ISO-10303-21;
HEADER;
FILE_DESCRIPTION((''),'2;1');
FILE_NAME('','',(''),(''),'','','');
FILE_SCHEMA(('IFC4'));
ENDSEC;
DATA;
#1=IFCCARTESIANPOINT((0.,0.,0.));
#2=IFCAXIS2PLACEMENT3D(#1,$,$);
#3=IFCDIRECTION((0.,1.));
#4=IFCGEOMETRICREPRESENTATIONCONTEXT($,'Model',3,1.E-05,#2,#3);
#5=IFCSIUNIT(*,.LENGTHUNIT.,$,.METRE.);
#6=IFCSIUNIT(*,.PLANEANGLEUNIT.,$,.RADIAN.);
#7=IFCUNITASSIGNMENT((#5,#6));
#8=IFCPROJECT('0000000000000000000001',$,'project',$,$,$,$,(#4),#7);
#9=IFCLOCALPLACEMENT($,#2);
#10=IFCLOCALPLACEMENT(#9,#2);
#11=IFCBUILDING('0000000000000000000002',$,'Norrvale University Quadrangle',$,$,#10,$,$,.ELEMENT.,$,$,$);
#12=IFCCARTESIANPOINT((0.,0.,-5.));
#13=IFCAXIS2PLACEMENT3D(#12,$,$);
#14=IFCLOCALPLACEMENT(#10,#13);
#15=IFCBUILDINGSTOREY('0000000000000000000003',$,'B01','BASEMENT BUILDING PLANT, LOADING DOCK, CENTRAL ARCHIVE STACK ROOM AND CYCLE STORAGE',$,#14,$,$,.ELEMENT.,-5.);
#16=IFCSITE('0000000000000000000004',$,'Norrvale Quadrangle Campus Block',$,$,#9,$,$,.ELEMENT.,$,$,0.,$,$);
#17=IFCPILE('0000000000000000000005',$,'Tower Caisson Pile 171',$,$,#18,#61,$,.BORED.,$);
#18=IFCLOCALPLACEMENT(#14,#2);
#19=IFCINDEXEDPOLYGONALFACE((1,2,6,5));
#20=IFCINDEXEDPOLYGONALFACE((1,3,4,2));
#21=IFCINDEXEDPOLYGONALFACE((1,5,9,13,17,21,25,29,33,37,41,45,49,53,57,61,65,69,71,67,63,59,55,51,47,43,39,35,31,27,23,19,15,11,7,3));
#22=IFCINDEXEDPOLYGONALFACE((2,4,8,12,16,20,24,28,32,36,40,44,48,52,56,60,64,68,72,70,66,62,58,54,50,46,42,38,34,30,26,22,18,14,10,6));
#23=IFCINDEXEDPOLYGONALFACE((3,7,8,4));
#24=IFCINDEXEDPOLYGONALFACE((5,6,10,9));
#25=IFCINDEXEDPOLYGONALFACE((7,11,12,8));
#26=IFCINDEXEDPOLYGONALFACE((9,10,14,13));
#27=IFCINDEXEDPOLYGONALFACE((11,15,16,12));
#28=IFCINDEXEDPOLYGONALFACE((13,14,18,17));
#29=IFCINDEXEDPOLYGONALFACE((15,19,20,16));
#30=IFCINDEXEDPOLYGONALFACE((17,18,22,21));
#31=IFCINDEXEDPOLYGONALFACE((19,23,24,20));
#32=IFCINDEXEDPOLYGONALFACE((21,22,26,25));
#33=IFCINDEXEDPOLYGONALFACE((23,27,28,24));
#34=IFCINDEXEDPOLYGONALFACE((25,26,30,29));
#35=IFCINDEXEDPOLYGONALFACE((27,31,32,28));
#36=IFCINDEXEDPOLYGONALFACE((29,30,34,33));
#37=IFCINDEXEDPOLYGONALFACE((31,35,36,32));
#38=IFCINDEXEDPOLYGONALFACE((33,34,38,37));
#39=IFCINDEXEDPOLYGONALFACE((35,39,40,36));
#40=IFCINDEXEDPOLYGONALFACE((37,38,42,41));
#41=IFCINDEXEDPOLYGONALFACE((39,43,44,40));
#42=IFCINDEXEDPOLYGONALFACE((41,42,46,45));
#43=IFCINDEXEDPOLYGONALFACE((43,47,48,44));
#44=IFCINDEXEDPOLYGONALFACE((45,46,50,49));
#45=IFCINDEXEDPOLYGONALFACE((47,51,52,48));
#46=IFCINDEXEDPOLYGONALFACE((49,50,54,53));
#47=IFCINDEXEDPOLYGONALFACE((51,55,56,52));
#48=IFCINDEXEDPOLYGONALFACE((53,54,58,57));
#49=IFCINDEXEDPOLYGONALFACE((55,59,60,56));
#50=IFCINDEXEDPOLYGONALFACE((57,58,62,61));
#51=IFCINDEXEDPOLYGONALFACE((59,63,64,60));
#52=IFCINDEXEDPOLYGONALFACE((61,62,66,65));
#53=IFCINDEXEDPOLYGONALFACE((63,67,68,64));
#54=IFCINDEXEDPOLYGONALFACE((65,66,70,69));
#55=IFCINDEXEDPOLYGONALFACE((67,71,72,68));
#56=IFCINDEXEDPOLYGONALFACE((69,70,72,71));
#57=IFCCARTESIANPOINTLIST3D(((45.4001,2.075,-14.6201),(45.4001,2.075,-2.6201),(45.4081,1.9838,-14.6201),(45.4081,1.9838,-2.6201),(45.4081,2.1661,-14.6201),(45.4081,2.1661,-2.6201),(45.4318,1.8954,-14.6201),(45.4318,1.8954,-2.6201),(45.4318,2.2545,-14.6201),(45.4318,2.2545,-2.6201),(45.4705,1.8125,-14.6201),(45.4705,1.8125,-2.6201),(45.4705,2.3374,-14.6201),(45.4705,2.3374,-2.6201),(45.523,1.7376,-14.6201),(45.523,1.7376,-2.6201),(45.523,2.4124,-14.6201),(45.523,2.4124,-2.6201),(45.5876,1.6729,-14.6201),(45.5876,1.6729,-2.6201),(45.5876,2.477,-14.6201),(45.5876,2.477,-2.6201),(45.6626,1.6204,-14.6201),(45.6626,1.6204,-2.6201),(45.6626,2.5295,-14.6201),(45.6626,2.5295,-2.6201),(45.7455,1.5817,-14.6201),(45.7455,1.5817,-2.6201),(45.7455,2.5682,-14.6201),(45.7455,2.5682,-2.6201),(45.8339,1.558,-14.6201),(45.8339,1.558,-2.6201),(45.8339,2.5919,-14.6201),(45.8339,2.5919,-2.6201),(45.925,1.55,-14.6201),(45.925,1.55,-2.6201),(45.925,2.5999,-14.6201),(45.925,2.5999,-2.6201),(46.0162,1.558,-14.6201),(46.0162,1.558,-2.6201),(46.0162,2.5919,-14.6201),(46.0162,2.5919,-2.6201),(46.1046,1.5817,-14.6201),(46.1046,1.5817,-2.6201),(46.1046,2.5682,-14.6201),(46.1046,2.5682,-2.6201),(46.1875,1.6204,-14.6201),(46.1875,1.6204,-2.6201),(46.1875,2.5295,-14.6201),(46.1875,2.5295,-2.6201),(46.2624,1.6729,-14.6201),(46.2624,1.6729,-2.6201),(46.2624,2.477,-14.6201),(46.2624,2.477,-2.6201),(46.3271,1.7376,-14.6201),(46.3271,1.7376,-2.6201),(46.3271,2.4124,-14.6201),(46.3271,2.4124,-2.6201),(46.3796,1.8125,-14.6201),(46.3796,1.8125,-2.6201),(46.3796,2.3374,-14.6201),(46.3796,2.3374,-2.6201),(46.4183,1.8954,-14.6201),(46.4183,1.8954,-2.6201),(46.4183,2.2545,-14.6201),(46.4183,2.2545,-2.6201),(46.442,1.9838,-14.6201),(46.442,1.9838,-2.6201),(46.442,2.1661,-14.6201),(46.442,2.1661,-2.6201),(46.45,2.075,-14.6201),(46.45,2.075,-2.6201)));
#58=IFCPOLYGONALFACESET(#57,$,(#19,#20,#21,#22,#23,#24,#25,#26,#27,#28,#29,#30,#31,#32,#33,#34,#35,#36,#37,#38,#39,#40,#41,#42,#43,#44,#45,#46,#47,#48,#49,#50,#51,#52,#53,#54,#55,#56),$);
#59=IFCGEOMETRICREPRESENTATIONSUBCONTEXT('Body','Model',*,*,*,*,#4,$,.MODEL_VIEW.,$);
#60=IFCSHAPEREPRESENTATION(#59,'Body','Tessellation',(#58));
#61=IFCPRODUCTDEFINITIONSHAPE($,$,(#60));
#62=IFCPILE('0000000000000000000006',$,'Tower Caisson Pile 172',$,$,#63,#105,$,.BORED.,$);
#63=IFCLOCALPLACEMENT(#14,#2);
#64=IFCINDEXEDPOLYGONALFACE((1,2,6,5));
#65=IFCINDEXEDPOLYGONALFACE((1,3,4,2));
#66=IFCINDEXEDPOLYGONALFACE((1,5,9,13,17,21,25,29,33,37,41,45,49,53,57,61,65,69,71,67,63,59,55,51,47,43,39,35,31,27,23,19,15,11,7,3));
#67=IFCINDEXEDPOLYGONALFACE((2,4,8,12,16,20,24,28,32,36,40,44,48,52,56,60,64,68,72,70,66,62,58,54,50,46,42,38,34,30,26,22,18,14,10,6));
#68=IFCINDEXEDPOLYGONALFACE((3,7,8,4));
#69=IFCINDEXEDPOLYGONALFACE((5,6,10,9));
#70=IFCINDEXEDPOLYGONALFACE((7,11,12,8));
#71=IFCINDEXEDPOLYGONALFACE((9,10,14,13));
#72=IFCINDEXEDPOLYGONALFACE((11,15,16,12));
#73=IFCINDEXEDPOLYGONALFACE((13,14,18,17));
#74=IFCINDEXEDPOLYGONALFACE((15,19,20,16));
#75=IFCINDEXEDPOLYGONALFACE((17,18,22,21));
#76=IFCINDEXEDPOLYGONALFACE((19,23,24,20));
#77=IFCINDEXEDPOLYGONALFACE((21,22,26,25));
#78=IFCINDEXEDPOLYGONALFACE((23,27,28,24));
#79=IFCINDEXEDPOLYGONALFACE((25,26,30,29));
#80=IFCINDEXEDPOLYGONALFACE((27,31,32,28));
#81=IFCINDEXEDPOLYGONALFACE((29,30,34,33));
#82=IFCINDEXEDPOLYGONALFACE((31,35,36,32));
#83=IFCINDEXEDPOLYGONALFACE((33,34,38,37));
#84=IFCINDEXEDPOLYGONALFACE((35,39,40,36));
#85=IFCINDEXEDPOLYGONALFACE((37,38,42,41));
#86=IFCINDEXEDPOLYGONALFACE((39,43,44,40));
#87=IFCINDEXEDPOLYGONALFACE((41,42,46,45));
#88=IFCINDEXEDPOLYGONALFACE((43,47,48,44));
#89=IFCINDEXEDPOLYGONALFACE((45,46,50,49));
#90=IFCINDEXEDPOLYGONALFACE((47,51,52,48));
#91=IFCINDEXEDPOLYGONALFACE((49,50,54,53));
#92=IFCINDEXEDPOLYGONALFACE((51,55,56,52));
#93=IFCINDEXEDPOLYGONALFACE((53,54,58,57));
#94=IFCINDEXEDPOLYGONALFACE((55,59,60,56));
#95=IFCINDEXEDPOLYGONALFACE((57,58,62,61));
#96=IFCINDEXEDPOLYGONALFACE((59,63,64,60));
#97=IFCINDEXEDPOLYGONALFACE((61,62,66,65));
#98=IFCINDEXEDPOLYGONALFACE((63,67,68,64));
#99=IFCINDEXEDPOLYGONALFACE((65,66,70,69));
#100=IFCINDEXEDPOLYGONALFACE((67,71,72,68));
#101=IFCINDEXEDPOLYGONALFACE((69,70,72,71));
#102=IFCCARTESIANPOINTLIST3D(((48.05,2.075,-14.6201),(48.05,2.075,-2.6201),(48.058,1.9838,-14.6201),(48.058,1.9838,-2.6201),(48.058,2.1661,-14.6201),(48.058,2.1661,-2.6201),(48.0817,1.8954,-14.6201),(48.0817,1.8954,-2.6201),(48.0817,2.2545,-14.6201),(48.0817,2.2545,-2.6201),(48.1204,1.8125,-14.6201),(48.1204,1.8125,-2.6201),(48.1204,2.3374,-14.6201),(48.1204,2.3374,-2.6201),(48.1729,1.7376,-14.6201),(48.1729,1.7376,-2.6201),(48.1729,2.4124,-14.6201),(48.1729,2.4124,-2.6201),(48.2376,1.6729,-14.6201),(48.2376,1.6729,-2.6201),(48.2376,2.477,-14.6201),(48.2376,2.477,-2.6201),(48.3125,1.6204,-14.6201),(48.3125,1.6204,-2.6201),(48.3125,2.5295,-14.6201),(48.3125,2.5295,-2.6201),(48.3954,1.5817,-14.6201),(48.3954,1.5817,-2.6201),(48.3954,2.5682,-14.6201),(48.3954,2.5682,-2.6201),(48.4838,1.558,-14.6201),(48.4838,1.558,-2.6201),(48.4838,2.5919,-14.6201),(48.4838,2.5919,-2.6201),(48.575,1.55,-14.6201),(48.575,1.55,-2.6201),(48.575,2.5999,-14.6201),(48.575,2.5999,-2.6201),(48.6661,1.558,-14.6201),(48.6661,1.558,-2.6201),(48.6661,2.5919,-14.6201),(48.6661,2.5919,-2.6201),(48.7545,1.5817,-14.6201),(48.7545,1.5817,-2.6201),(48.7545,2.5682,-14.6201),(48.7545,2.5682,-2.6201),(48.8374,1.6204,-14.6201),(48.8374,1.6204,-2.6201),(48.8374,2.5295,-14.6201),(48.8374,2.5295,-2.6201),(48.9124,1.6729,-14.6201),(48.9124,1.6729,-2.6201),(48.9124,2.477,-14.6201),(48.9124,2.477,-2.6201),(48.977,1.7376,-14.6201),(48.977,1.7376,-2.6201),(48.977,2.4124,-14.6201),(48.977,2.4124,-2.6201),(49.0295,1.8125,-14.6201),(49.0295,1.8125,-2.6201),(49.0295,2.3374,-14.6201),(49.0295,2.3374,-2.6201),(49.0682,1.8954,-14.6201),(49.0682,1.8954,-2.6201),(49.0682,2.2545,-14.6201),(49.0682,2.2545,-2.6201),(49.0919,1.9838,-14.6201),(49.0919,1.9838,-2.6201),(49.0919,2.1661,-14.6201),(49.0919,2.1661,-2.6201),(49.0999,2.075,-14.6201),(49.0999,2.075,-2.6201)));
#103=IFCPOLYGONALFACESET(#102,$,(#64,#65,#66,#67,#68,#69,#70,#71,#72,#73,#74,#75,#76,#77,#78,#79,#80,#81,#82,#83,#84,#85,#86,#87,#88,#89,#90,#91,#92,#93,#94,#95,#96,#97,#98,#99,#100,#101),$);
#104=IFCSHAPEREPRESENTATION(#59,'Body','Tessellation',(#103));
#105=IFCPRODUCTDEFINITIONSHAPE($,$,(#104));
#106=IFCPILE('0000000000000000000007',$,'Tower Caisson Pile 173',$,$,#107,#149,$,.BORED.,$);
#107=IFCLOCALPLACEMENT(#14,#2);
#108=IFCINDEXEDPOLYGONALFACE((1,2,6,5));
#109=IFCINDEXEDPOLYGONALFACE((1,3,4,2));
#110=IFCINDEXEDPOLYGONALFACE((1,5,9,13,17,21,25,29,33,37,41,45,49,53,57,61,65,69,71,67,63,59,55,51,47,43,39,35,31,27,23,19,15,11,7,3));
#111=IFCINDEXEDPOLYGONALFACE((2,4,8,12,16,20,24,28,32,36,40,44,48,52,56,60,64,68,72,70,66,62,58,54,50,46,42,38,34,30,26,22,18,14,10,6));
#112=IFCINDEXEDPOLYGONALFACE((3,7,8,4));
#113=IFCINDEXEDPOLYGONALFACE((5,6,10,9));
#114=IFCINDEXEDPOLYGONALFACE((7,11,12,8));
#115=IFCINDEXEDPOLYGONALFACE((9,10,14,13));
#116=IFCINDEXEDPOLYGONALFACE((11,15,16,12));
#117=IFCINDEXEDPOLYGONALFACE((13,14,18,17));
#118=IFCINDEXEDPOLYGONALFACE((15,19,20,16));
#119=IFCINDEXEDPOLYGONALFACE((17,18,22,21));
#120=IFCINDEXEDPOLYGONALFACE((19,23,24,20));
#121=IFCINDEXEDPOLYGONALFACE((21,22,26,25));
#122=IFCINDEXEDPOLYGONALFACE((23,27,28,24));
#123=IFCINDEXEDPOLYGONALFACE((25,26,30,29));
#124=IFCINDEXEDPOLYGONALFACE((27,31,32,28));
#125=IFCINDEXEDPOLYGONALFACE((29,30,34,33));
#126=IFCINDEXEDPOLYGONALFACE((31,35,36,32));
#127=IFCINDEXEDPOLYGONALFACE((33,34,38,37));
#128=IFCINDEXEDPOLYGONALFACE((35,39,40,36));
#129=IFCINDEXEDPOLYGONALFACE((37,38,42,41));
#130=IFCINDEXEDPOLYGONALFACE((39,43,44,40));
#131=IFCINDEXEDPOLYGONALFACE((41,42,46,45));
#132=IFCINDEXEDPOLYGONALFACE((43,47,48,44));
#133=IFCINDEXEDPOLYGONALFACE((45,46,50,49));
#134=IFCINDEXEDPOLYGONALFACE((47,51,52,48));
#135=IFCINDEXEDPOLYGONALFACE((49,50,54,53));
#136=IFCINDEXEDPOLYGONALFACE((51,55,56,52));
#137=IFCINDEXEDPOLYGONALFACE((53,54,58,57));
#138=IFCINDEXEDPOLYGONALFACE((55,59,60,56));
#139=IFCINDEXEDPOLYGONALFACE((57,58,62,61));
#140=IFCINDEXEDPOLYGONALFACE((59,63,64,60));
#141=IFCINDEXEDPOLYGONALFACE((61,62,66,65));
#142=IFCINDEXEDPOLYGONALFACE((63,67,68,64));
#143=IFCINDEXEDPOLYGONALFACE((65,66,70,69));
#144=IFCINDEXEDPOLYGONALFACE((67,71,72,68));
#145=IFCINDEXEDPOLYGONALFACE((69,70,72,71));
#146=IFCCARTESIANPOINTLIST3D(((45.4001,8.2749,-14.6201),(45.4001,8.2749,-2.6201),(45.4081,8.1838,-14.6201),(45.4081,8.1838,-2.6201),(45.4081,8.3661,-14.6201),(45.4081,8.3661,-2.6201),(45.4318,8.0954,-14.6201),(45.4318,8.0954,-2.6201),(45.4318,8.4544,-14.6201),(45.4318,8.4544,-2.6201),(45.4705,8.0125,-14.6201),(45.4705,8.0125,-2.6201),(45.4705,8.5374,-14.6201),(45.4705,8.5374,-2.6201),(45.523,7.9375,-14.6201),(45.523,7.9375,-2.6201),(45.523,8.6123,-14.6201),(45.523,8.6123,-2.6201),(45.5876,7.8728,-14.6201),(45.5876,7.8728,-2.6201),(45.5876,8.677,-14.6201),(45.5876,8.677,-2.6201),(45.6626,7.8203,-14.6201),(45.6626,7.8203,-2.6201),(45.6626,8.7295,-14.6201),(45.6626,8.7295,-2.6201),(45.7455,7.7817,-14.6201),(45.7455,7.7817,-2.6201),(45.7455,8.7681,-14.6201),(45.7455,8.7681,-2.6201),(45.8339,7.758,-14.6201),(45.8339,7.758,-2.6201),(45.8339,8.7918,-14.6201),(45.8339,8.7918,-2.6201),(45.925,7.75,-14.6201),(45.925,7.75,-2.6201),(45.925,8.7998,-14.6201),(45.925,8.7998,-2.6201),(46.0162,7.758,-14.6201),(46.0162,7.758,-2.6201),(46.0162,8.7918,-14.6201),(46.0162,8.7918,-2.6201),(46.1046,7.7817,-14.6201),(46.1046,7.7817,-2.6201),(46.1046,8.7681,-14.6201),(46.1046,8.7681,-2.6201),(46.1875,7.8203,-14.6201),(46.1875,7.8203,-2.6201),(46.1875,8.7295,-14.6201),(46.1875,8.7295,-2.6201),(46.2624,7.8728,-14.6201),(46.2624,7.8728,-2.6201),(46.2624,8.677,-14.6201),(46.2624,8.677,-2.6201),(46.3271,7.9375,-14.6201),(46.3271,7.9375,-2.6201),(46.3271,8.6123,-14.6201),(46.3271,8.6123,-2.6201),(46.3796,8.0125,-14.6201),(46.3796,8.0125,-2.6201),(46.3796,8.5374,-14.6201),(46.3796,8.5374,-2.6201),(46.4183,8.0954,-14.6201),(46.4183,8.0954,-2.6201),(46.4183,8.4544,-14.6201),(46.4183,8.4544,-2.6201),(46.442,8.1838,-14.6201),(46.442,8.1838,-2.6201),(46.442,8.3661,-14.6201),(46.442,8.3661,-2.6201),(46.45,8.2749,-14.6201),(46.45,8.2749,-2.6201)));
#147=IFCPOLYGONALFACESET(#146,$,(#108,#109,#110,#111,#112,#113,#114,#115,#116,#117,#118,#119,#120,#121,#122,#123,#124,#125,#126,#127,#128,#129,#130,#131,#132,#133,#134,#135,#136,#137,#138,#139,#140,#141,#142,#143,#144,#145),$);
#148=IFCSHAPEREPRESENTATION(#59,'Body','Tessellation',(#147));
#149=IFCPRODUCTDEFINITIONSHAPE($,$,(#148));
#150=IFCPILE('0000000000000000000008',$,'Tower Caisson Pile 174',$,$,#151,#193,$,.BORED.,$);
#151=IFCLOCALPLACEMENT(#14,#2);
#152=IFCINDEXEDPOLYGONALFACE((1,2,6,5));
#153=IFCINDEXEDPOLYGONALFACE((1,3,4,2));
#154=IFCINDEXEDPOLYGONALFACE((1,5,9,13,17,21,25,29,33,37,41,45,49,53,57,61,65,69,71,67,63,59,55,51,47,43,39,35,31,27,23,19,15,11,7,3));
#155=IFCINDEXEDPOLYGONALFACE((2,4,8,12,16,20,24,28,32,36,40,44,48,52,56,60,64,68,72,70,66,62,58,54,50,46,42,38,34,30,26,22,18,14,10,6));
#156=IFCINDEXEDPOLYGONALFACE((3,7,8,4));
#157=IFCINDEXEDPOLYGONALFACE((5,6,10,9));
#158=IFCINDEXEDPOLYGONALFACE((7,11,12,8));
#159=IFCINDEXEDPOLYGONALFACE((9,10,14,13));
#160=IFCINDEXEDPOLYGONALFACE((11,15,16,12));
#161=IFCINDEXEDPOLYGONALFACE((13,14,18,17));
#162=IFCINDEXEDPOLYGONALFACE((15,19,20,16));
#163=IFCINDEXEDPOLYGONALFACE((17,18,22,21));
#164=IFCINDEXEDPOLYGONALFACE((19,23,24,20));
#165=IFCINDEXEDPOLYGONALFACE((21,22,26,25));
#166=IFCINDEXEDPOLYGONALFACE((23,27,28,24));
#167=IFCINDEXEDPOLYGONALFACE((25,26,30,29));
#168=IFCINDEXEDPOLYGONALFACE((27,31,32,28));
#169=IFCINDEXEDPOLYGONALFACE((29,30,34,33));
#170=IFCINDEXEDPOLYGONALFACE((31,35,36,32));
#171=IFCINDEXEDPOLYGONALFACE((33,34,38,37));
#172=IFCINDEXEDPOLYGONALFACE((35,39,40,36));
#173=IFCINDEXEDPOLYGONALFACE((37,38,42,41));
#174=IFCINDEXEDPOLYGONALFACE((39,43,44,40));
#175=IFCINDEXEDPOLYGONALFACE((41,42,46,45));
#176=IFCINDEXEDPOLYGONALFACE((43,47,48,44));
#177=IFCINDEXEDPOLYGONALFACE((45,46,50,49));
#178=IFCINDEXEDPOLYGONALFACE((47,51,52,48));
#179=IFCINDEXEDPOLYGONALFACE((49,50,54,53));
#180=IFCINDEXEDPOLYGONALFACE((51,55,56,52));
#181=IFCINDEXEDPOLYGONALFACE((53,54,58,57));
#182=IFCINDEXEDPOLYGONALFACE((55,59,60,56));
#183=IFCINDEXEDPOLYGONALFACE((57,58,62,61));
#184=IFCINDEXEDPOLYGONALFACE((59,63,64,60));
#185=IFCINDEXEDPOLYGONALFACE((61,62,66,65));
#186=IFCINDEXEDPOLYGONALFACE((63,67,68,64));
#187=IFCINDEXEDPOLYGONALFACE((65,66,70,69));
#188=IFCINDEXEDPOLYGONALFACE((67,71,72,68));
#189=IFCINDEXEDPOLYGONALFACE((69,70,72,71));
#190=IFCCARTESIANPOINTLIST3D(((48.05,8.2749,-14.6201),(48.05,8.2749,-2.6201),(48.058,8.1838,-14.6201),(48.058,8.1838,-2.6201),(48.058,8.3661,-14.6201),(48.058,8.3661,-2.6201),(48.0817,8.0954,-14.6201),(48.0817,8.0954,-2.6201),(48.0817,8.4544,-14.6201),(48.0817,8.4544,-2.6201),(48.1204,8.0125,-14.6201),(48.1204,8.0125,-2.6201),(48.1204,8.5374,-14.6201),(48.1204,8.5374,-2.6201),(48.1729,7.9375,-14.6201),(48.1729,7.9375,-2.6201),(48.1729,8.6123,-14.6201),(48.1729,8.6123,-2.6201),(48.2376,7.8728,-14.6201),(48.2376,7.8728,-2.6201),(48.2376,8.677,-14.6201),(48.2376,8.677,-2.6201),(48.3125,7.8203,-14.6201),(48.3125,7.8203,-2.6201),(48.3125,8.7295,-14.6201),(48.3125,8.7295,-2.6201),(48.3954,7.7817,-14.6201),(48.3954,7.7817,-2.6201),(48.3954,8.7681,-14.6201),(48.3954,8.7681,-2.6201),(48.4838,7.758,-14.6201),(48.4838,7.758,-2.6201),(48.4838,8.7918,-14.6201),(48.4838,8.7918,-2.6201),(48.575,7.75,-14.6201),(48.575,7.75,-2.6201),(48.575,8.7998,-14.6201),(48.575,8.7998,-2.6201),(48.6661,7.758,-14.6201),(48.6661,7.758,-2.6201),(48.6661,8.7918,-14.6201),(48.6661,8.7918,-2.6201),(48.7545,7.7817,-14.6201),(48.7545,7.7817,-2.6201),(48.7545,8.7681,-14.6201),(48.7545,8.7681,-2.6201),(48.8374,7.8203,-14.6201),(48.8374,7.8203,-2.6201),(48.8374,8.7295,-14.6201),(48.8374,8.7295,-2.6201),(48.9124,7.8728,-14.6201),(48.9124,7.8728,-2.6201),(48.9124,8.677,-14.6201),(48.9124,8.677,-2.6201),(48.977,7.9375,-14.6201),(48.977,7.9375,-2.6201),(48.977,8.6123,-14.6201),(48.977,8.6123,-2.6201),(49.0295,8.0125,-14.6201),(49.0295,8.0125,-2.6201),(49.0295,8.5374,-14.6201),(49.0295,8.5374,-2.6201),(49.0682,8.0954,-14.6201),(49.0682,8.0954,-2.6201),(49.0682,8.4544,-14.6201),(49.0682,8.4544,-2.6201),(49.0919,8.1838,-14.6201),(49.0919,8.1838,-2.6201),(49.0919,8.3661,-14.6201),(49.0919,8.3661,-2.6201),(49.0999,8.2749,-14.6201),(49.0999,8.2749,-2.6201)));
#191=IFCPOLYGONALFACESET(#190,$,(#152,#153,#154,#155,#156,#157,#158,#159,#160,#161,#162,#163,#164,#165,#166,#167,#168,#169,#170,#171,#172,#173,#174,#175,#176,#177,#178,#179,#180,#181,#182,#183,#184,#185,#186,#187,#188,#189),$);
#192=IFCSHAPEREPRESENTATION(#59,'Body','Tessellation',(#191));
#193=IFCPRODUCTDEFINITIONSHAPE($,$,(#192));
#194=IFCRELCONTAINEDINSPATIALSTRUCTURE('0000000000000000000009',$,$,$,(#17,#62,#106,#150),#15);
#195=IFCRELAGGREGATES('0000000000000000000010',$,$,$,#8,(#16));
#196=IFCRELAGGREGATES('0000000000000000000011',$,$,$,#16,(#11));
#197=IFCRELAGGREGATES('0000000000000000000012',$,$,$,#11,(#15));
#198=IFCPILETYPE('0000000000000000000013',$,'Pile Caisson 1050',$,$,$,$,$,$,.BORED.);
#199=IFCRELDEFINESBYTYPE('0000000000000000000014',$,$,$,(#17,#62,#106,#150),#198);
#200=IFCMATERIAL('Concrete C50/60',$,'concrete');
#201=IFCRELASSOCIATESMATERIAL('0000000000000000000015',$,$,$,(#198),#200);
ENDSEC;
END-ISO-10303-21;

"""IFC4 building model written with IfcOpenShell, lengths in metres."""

from ifc_helpers import new_model, si_unit, direction, frame, origin, origin_2d, place, context, subcontext, project, spatial, circle, extrude, material, material_profile, profile_set, type_object, element, save


model = new_model("IFC4")

# Units and contexts
model_context = context("Model", 3, precision=1e-05, world=origin(), true_north=direction((0.0, 1.0)))
body_context = subcontext(model_context, "Body", "Model", "MODEL_VIEW")
ifc_project = project(units=[si_unit("LENGTHUNIT", "METRE"), si_unit("PLANEANGLEUNIT", "RADIAN")], contexts=[model_context])

# Site, building, storey
site_placement = place(None, origin())
site = spatial("IfcSite", under=ifc_project, at=site_placement, Name="Norrvale Quadrangle Campus Block", CompositionType="ELEMENT", RefElevation=0.0)
building_placement = place(site_placement, origin())
building = spatial("IfcBuilding", under=site, at=building_placement, Name="Norrvale University Quadrangle", CompositionType="ELEMENT")
storey_placement = place(building_placement, frame((0.0, 0.0, -5.0)))
storey = spatial("IfcBuildingStorey", under=building, at=storey_placement, Name="B01", Description="BASEMENT BUILDING PLANT, LOADING DOCK, CENTRAL ARCHIVE STACK ROOM AND CYCLE STORAGE", CompositionType="ELEMENT", Elevation=-5.0)

# Shared definitions
ifc_material_1 = material(Name="Concrete C50/60", Category="concrete")

# Piles
ifc_material_profile_1 = material_profile(ifc_material_1, circle(Radius=0.5249, at=origin_2d()), Name="Concrete C50/60")
ifc_profile_set_1 = profile_set([ifc_material_profile_1], Name="Concrete C50/60")
pile_type_1 = type_object("IfcPileType", Name="Pile Caisson 1050", PredefinedType="BORED", material=ifc_profile_set_1)
for number, where, z_axis, x_axis, name in (
    (1, (45.925, 2.075, -2.6201), (0.0, 0.0, -1.0), (1.0, 0.0, 0.0), "Tower Caisson Pile 171"),
    (2, (48.575, 2.075, -2.6201), (0.0, 0.0, -1.0), (1.0, 0.0, 0.0), "Tower Caisson Pile 172"),
    (3, (45.925, 8.2749, -2.6201), (0.0, 0.0, -1.0), (1.0, 0.0, 0.0), "Tower Caisson Pile 173"),
    (4, (48.575, 8.2749, -2.6201), (0.0, 0.0, -1.0), (1.0, 0.0, 0.0), "Tower Caisson Pile 174"),
):
    element("IfcPile", number, at=place(storey_placement, frame(where, z_axis=z_axis, x_axis=x_axis)), inside=storey, type_object=pile_type_1, Name=name, PredefinedType="BORED", context=body_context, shape_type="SweptSolid", body=[
        extrude(circle(Radius=0.5249, at=origin_2d()), origin(), (0.0, 0.0, 1.0), 12.0),
    ])

save(model, "model.ifc")
